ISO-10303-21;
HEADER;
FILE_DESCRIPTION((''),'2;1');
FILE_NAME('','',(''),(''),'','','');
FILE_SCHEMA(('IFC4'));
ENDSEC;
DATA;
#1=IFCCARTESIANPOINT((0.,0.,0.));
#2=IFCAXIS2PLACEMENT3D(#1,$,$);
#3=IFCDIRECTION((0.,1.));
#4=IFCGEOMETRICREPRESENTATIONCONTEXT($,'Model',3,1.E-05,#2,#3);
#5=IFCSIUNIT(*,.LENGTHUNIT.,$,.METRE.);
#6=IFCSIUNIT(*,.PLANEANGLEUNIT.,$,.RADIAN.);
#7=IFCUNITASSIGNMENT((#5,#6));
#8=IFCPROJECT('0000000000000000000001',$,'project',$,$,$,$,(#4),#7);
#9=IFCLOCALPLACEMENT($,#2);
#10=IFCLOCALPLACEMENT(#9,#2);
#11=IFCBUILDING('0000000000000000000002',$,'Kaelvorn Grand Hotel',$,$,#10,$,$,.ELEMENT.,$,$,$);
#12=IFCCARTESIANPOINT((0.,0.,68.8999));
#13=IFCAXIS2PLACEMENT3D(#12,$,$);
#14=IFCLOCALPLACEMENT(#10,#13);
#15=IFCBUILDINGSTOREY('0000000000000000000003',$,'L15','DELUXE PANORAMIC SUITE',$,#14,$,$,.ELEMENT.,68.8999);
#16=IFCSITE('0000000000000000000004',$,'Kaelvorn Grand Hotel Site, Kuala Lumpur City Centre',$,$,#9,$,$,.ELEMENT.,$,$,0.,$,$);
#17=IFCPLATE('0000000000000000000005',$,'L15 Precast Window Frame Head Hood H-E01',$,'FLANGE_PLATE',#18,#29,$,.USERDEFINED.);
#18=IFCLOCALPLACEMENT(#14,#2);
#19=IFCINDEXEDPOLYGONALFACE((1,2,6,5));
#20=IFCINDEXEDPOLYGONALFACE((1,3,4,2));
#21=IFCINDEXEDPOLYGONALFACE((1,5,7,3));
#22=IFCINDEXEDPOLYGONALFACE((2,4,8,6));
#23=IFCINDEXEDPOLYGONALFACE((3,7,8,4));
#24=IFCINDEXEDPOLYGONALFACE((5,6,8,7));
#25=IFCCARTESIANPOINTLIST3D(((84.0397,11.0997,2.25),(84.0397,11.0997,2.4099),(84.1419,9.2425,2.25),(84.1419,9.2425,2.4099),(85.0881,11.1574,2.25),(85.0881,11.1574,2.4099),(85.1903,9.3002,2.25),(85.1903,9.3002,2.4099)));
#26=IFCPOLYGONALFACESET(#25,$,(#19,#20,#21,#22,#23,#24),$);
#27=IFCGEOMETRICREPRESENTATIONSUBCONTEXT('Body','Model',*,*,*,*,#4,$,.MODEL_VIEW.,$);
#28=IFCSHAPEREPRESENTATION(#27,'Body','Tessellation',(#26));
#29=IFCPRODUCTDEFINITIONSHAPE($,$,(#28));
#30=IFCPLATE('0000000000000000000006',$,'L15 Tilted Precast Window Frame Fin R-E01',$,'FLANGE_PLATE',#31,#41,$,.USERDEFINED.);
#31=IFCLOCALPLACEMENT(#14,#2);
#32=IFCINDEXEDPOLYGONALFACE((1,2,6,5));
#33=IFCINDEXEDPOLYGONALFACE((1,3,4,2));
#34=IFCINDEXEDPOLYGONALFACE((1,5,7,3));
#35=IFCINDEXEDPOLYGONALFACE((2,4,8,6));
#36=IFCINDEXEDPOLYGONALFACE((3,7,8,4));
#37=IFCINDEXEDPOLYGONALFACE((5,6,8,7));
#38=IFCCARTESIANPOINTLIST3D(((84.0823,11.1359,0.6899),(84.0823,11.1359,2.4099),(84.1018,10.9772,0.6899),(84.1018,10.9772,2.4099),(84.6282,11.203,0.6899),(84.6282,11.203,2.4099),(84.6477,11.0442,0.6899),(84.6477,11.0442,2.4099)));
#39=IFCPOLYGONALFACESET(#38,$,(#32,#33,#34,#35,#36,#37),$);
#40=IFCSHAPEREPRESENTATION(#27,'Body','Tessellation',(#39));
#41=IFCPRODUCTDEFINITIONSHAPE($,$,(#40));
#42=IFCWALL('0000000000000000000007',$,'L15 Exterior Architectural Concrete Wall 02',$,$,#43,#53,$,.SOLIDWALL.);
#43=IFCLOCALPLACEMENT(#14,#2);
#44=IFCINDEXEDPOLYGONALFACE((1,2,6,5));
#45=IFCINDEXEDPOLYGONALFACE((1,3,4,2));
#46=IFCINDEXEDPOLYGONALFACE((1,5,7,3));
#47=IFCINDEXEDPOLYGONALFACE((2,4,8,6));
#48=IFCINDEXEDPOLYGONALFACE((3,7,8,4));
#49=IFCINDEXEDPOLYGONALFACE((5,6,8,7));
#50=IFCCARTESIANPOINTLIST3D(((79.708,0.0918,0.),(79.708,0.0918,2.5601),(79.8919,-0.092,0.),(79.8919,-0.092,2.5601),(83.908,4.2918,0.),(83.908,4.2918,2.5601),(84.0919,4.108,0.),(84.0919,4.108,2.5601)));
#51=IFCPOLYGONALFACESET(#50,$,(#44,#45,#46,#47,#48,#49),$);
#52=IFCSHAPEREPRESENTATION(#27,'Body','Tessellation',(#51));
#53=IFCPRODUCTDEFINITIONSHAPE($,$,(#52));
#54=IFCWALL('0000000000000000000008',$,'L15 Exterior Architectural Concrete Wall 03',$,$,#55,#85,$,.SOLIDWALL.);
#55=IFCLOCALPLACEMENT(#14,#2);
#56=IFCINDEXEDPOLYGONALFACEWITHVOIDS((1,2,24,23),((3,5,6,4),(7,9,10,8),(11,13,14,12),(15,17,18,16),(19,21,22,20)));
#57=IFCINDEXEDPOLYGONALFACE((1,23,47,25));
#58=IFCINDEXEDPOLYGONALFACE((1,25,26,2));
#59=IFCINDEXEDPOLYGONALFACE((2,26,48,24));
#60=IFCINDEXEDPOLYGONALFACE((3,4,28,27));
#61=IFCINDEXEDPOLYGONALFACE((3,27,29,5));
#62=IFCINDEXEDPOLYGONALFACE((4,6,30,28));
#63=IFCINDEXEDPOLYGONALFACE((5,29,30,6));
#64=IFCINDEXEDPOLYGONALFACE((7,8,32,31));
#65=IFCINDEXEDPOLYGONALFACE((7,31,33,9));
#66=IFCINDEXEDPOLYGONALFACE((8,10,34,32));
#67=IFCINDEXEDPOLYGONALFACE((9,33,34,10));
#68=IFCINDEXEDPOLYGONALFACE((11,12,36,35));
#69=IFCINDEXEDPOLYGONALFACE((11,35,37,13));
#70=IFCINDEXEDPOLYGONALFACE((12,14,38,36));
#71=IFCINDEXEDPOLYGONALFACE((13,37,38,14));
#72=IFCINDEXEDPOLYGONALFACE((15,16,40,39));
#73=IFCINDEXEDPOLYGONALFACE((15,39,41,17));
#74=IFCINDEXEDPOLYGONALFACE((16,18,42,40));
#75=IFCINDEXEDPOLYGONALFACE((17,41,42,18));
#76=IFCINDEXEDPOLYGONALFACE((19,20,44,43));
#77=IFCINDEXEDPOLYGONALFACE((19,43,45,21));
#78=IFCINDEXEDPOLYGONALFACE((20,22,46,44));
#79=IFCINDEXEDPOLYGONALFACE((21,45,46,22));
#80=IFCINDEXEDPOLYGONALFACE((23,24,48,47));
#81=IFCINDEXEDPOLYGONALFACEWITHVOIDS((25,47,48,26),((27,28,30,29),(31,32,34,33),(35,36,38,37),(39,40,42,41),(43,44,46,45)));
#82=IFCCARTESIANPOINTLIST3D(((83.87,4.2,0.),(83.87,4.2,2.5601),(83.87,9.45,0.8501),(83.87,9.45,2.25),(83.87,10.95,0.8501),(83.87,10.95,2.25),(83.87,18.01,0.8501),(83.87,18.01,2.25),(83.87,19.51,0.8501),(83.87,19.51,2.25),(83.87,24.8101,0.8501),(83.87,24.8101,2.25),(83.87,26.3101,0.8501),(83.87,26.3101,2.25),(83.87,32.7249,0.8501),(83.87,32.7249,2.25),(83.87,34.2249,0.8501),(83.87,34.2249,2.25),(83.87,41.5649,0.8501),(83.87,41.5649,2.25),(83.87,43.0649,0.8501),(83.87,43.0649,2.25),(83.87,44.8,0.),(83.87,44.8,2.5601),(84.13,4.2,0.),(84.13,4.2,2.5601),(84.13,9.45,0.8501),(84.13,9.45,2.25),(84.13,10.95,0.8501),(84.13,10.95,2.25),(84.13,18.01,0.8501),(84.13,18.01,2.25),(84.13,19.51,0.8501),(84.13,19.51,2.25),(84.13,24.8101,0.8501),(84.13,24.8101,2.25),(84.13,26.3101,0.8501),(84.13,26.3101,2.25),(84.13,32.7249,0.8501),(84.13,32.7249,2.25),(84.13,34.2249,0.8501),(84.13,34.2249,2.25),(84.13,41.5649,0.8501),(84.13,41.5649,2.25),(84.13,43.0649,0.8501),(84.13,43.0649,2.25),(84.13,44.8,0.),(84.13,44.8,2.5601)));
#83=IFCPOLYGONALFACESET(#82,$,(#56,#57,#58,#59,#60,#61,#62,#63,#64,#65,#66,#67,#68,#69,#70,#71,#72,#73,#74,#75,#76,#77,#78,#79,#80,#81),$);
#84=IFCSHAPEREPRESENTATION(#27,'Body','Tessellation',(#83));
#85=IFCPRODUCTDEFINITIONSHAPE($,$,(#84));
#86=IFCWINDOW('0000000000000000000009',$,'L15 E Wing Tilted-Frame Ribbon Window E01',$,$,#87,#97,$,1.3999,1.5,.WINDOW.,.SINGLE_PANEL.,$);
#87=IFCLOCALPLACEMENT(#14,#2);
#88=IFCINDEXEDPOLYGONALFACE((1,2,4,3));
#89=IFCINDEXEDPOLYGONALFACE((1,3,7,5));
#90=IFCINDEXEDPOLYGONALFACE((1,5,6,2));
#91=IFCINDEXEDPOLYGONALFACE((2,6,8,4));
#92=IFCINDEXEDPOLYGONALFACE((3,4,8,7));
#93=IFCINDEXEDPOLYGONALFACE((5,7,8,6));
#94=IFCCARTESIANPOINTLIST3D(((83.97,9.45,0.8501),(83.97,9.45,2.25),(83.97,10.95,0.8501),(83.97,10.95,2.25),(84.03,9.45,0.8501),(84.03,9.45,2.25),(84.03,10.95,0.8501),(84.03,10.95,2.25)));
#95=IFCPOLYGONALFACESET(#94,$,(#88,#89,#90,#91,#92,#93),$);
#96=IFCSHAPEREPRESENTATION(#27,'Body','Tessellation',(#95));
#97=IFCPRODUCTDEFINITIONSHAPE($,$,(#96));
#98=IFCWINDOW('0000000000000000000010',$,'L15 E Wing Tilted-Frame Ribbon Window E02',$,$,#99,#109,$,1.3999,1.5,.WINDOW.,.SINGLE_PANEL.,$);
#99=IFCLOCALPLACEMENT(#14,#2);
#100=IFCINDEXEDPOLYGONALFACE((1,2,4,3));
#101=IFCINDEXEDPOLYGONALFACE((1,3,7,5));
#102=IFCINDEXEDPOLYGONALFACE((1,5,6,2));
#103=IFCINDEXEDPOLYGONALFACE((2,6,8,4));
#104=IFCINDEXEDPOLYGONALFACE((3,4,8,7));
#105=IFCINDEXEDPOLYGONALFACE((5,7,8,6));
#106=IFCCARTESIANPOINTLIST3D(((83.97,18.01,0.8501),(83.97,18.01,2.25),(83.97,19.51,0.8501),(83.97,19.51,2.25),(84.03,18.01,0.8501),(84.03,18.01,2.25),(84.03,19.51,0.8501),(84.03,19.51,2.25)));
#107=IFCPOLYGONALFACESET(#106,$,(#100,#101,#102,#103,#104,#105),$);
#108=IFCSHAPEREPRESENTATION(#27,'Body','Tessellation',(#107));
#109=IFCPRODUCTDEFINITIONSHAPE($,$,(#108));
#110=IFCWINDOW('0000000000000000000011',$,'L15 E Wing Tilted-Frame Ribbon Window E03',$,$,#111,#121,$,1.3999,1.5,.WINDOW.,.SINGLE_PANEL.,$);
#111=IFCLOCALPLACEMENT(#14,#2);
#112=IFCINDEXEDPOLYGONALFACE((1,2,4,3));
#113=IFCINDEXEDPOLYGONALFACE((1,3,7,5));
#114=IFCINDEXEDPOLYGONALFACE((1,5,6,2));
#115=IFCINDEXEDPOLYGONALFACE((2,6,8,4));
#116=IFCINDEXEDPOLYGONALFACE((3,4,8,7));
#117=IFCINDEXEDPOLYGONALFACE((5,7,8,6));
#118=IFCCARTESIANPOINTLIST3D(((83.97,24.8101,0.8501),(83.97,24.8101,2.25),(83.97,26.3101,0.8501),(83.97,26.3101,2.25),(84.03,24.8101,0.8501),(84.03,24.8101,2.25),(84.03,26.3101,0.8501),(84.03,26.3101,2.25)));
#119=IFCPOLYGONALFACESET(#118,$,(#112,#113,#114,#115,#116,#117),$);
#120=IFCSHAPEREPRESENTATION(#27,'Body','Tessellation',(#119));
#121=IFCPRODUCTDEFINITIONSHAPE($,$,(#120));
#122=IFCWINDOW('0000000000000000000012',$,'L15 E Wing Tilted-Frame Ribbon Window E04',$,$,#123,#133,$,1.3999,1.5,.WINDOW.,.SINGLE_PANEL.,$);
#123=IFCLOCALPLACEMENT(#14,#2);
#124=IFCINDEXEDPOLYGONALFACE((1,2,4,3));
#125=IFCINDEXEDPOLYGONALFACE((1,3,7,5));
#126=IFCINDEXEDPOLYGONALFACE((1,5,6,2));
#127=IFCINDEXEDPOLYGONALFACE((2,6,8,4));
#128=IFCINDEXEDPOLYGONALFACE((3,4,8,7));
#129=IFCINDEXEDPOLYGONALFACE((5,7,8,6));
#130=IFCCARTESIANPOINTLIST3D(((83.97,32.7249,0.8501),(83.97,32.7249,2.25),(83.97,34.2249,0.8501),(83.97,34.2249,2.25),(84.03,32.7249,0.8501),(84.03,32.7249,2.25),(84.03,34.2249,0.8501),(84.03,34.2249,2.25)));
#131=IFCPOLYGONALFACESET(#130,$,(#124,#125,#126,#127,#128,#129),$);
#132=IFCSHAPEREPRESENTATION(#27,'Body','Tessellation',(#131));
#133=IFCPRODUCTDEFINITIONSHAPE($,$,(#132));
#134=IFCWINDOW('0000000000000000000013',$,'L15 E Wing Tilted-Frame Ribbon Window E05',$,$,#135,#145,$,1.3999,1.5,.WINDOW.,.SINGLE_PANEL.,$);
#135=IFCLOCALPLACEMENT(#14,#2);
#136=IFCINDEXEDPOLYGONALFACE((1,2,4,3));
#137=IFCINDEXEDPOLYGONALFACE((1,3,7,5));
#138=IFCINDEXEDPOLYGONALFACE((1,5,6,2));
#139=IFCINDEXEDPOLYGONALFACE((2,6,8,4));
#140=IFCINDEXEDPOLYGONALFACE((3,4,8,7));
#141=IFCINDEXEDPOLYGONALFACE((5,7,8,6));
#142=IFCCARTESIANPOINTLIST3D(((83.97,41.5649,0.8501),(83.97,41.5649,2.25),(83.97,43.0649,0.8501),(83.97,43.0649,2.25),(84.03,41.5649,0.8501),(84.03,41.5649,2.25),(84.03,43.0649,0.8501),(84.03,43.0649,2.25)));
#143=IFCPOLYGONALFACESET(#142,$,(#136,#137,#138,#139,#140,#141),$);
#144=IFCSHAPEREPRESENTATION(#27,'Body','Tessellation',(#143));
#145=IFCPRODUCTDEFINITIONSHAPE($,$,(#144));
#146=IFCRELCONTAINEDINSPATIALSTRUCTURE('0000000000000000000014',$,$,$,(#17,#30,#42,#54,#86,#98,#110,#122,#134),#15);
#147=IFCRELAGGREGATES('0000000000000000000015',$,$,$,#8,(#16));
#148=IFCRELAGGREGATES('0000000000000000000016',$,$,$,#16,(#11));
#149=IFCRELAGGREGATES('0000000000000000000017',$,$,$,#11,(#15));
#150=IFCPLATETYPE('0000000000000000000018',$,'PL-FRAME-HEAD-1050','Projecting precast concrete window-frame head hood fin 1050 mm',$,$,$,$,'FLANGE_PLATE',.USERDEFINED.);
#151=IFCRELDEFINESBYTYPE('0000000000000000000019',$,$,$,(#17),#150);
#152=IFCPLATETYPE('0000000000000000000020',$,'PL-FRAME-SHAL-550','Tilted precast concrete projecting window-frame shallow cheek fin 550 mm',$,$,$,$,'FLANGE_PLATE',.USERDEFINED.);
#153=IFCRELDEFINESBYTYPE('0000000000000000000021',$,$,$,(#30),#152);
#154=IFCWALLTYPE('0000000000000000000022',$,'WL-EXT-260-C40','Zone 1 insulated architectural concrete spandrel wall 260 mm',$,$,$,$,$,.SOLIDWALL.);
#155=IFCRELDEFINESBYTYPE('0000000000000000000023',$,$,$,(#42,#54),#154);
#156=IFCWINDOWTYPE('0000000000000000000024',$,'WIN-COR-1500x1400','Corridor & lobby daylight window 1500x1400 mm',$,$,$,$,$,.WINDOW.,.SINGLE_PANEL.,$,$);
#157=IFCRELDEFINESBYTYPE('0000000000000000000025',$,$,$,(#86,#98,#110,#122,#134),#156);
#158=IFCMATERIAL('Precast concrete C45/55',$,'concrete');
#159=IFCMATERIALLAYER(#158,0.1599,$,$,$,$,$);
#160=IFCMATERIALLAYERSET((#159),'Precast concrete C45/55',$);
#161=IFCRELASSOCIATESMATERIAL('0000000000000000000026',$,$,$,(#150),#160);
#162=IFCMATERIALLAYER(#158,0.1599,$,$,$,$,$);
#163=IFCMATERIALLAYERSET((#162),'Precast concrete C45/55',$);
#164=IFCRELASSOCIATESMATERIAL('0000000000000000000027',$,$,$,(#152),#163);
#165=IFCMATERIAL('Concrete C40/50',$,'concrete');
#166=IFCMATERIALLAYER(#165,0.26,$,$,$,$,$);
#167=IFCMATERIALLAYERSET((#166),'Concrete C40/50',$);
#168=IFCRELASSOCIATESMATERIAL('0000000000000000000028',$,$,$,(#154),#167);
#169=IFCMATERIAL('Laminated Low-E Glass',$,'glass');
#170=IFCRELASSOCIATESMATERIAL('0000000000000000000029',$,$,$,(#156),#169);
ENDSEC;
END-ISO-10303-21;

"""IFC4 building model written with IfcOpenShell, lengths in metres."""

from ifc_helpers import new_model, si_unit, direction, frame, frame_2d, origin, origin_2d, place, context, subcontext, project, spatial, rectangle, extrude, material, layer, layer_set, type_object, element, fill, save


model = new_model("IFC4")

# Units and contexts
model_context = context("Model", 3, precision=1e-05, world=origin(), true_north=direction((0.0, 1.0)))
body_context = subcontext(model_context, "Body", "Model", "MODEL_VIEW")
ifc_project = project(units=[si_unit("LENGTHUNIT", "METRE"), si_unit("PLANEANGLEUNIT", "RADIAN")], contexts=[model_context])

# Site, building, storey
site_placement = place(None, origin())
site = spatial("IfcSite", under=ifc_project, at=site_placement, Name="Kaelvorn Grand Hotel Site, Kuala Lumpur City Centre", CompositionType="ELEMENT", RefElevation=0.0)
building_placement = place(site_placement, origin())
building = spatial("IfcBuilding", under=site, at=building_placement, Name="Kaelvorn Grand Hotel", CompositionType="ELEMENT")
storey_placement = place(building_placement, frame((0.0, 0.0, 68.8999)))
storey = spatial("IfcBuildingStorey", under=building, at=storey_placement, Name="L15", Description="DELUXE PANORAMIC SUITE", CompositionType="ELEMENT", Elevation=68.8999)

# Plates
ifc_material_1 = material(Name="Precast concrete C45/55", Category="concrete")
ifc_layer_1 = layer(ifc_material_1, 0.1599)
ifc_layer_set_1 = layer_set([ifc_layer_1], Name="Precast concrete C45/55")
plate_type_1 = type_object("IfcPlateType", Name="PL-FRAME-HEAD-1050", Description="Projecting precast concrete window-frame head hood fin 1050 mm", ElementType="FLANGE_PLATE", PredefinedType="USERDEFINED", material=ifc_layer_set_1)
plate_1_placement = place(storey_placement, frame((84.615, 10.2, 2.25), z_axis=(0.0, 0.0, 1.0), x_axis=(-0.05495, 0.998489, 0.0)))
element("IfcPlate", 1, at=plate_1_placement, inside=storey, type_object=plate_type_1, Name="L15 Precast Window Frame Head Hood H-E01", ObjectType="FLANGE_PLATE", PredefinedType="USERDEFINED", context=body_context, shape_type="SweptSolid", body=[
    extrude(rectangle(XDim=1.8601, YDim=1.05, at=origin_2d()), origin(), (0.0, 0.0, 1.0), 0.1599),
])
ifc_layer_2 = layer(ifc_material_1, 0.1599)
ifc_layer_set_2 = layer_set([ifc_layer_2], Name="Precast concrete C45/55")
plate_type_2 = type_object("IfcPlateType", Name="PL-FRAME-SHAL-550", Description="Tilted precast concrete projecting window-frame shallow cheek fin 550 mm", ElementType="FLANGE_PLATE", PredefinedType="USERDEFINED", material=ifc_layer_set_2)
plate_2_placement = place(storey_placement, frame((84.365, 11.0901, 0.6899), z_axis=(0.0, 0.0, 1.0), x_axis=(-0.121869, 0.992546, 0.0)))
element("IfcPlate", 2, at=plate_2_placement, inside=storey, type_object=plate_type_2, Name="L15 Tilted Precast Window Frame Fin R-E01", ObjectType="FLANGE_PLATE", PredefinedType="USERDEFINED", context=body_context, shape_type="SweptSolid", body=[
    extrude(rectangle(XDim=0.1599, YDim=0.55, at=origin_2d()), origin(), (0.0, 0.0, 1.0), 1.72),
])

# Wall
ifc_material_2 = material(Name="Concrete C40/50", Category="concrete")
ifc_layer_3 = layer(ifc_material_2, 0.26)
ifc_layer_set_3 = layer_set([ifc_layer_3], Name="Concrete C40/50")
wall_type = type_object("IfcWallType", Name="WL-EXT-260-C40", Description="Zone 1 insulated architectural concrete spandrel wall 260 mm", PredefinedType="SOLIDWALL", material=ifc_layer_set_3)
wall_1_placement = place(storey_placement, frame((79.8, 0.0, 0.0), z_axis=(0.0, 0.0, 1.0), x_axis=(0.707107, 0.707107, 0.0)))
element("IfcWall", 3, at=wall_1_placement, inside=storey, type_object=wall_type, Name="L15 Exterior Architectural Concrete Wall 02", PredefinedType="SOLIDWALL", context=body_context, shape_type="SweptSolid", body=[
    extrude(rectangle(XDim=5.9397, YDim=0.26, at=frame_2d((2.9697, 0.0))), origin(), (0.0, 0.0, 1.0), 2.5601),
])

# Wall, openings, windows
wall_2_placement = place(storey_placement, frame((84.0, 4.2, 0.0), z_axis=(0.0, 0.0, 1.0), x_axis=(0.0, 1.0, 0.0)))
wall_2 = element("IfcWall", 4, at=wall_2_placement, inside=storey, type_object=wall_type, Name="L15 Exterior Architectural Concrete Wall 03", PredefinedType="SOLIDWALL", context=body_context, shape_type="SweptSolid", body=[
    extrude(rectangle(XDim=40.6001, YDim=0.26, at=frame_2d((20.3, 0.0))), origin(), (0.0, 0.0, 1.0), 2.5601),
])
opening_1_placement = place(wall_2_placement, frame((5.25, 0.0, 0.8501)))
opening_1 = element("IfcOpeningElement", 5, at=opening_1_placement, cuts=wall_2, PredefinedType="OPENING", context=body_context, shape_type="SweptSolid", body=[
    extrude(rectangle(XDim=1.5, YDim=1.3999, at=frame_2d((0.75, 0.7))), frame((0.0, 0.1401, 0.0), z_axis=(0.0, -1.0, 0.0), x_axis=(1.0, 0.0, 0.0)), (0.0, 0.0, 1.0), 0.28),
])
opening_2_placement = place(wall_2_placement, frame((13.8101, 0.0, 0.8501)))
opening_2 = element("IfcOpeningElement", 6, at=opening_2_placement, cuts=wall_2, PredefinedType="OPENING", context=body_context, shape_type="SweptSolid", body=[
    extrude(rectangle(XDim=1.5, YDim=1.3999, at=frame_2d((0.75, 0.7))), frame((0.0, 0.1401, 0.0), z_axis=(0.0, -1.0, 0.0), x_axis=(1.0, 0.0, 0.0)), (0.0, 0.0, 1.0), 0.28),
])
opening_3_placement = place(wall_2_placement, frame((20.6101, 0.0, 0.8501)))
opening_3 = element("IfcOpeningElement", 7, at=opening_3_placement, cuts=wall_2, PredefinedType="OPENING", context=body_context, shape_type="SweptSolid", body=[
    extrude(rectangle(XDim=1.5, YDim=1.3999, at=frame_2d((0.75, 0.7))), frame((0.0, 0.1401, 0.0), z_axis=(0.0, -1.0, 0.0), x_axis=(1.0, 0.0, 0.0)), (0.0, 0.0, 1.0), 0.28),
])
opening_4_placement = place(wall_2_placement, frame((28.5249, 0.0, 0.8501)))
opening_4 = element("IfcOpeningElement", 8, at=opening_4_placement, cuts=wall_2, PredefinedType="OPENING", context=body_context, shape_type="SweptSolid", body=[
    extrude(rectangle(XDim=1.5, YDim=1.3999, at=frame_2d((0.75, 0.7))), frame((0.0, 0.1401, 0.0), z_axis=(0.0, -1.0, 0.0), x_axis=(1.0, 0.0, 0.0)), (0.0, 0.0, 1.0), 0.28),
])
opening_5_placement = place(wall_2_placement, frame((37.365, 0.0, 0.8501)))
opening_5 = element("IfcOpeningElement", 9, at=opening_5_placement, cuts=wall_2, PredefinedType="OPENING", context=body_context, shape_type="SweptSolid", body=[
    extrude(rectangle(XDim=1.5, YDim=1.3999, at=frame_2d((0.75, 0.7))), frame((0.0, 0.1401, 0.0), z_axis=(0.0, -1.0, 0.0), x_axis=(1.0, 0.0, 0.0)), (0.0, 0.0, 1.0), 0.28),
])
ifc_material_3 = material(Name="Laminated Low-E Glass", Category="glass")
window_type = type_object("IfcWindowType", Name="WIN-COR-1500x1400", Description="Corridor & lobby daylight window 1500x1400 mm", PartitioningType="SINGLE_PANEL", PredefinedType="WINDOW", material=ifc_material_3)
window_1_placement = place(opening_1_placement, origin())
window_1 = element("IfcWindow", 10, at=window_1_placement, inside=storey, type_object=window_type, Name="L15 E Wing Tilted-Frame Ribbon Window E01", OverallHeight=1.3999, OverallWidth=1.5, PartitioningType="SINGLE_PANEL", PredefinedType="WINDOW", context=body_context, shape_type="SweptSolid", body=[
    extrude(rectangle(XDim=1.5, YDim=1.3999, at=frame_2d((0.75, 0.7))), frame((0.0, 0.03, 0.0), z_axis=(0.0, -1.0, 0.0), x_axis=(1.0, 0.0, 0.0)), (0.0, 0.0, 1.0), 0.0601),
])
fill(opening_1, window_1)
window_2_placement = place(opening_2_placement, origin())
window_2 = element("IfcWindow", 11, at=window_2_placement, inside=storey, type_object=window_type, Name="L15 E Wing Tilted-Frame Ribbon Window E02", OverallHeight=1.3999, OverallWidth=1.5, PartitioningType="SINGLE_PANEL", PredefinedType="WINDOW", context=body_context, shape_type="SweptSolid", body=[
    extrude(rectangle(XDim=1.5, YDim=1.3999, at=frame_2d((0.75, 0.7))), frame((0.0, 0.03, 0.0), z_axis=(0.0, -1.0, 0.0), x_axis=(1.0, 0.0, 0.0)), (0.0, 0.0, 1.0), 0.0601),
])
fill(opening_2, window_2)
window_3_placement = place(opening_3_placement, origin())
window_3 = element("IfcWindow", 12, at=window_3_placement, inside=storey, type_object=window_type, Name="L15 E Wing Tilted-Frame Ribbon Window E03", OverallHeight=1.3999, OverallWidth=1.5, PartitioningType="SINGLE_PANEL", PredefinedType="WINDOW", context=body_context, shape_type="SweptSolid", body=[
    extrude(rectangle(XDim=1.5, YDim=1.3999, at=frame_2d((0.75, 0.7))), frame((0.0, 0.03, 0.0), z_axis=(0.0, -1.0, 0.0), x_axis=(1.0, 0.0, 0.0)), (0.0, 0.0, 1.0), 0.0601),
])
fill(opening_3, window_3)
window_4_placement = place(opening_4_placement, origin())
window_4 = element("IfcWindow", 13, at=window_4_placement, inside=storey, type_object=window_type, Name="L15 E Wing Tilted-Frame Ribbon Window E04", OverallHeight=1.3999, OverallWidth=1.5, PartitioningType="SINGLE_PANEL", PredefinedType="WINDOW", context=body_context, shape_type="SweptSolid", body=[
    extrude(rectangle(XDim=1.5, YDim=1.3999, at=frame_2d((0.75, 0.7))), frame((0.0, 0.03, 0.0), z_axis=(0.0, -1.0, 0.0), x_axis=(1.0, 0.0, 0.0)), (0.0, 0.0, 1.0), 0.0601),
])
fill(opening_4, window_4)
window_5_placement = place(opening_5_placement, origin())
window_5 = element("IfcWindow", 14, at=window_5_placement, inside=storey, type_object=window_type, Name="L15 E Wing Tilted-Frame Ribbon Window E05", OverallHeight=1.3999, OverallWidth=1.5, PartitioningType="SINGLE_PANEL", PredefinedType="WINDOW", context=body_context, shape_type="SweptSolid", body=[
    extrude(rectangle(XDim=1.5, YDim=1.3999, at=frame_2d((0.75, 0.7))), frame((0.0, 0.03, 0.0), z_axis=(0.0, -1.0, 0.0), x_axis=(1.0, 0.0, 0.0)), (0.0, 0.0, 1.0), 0.0601),
])
fill(opening_5, window_5)

save(model, "model.ifc")
